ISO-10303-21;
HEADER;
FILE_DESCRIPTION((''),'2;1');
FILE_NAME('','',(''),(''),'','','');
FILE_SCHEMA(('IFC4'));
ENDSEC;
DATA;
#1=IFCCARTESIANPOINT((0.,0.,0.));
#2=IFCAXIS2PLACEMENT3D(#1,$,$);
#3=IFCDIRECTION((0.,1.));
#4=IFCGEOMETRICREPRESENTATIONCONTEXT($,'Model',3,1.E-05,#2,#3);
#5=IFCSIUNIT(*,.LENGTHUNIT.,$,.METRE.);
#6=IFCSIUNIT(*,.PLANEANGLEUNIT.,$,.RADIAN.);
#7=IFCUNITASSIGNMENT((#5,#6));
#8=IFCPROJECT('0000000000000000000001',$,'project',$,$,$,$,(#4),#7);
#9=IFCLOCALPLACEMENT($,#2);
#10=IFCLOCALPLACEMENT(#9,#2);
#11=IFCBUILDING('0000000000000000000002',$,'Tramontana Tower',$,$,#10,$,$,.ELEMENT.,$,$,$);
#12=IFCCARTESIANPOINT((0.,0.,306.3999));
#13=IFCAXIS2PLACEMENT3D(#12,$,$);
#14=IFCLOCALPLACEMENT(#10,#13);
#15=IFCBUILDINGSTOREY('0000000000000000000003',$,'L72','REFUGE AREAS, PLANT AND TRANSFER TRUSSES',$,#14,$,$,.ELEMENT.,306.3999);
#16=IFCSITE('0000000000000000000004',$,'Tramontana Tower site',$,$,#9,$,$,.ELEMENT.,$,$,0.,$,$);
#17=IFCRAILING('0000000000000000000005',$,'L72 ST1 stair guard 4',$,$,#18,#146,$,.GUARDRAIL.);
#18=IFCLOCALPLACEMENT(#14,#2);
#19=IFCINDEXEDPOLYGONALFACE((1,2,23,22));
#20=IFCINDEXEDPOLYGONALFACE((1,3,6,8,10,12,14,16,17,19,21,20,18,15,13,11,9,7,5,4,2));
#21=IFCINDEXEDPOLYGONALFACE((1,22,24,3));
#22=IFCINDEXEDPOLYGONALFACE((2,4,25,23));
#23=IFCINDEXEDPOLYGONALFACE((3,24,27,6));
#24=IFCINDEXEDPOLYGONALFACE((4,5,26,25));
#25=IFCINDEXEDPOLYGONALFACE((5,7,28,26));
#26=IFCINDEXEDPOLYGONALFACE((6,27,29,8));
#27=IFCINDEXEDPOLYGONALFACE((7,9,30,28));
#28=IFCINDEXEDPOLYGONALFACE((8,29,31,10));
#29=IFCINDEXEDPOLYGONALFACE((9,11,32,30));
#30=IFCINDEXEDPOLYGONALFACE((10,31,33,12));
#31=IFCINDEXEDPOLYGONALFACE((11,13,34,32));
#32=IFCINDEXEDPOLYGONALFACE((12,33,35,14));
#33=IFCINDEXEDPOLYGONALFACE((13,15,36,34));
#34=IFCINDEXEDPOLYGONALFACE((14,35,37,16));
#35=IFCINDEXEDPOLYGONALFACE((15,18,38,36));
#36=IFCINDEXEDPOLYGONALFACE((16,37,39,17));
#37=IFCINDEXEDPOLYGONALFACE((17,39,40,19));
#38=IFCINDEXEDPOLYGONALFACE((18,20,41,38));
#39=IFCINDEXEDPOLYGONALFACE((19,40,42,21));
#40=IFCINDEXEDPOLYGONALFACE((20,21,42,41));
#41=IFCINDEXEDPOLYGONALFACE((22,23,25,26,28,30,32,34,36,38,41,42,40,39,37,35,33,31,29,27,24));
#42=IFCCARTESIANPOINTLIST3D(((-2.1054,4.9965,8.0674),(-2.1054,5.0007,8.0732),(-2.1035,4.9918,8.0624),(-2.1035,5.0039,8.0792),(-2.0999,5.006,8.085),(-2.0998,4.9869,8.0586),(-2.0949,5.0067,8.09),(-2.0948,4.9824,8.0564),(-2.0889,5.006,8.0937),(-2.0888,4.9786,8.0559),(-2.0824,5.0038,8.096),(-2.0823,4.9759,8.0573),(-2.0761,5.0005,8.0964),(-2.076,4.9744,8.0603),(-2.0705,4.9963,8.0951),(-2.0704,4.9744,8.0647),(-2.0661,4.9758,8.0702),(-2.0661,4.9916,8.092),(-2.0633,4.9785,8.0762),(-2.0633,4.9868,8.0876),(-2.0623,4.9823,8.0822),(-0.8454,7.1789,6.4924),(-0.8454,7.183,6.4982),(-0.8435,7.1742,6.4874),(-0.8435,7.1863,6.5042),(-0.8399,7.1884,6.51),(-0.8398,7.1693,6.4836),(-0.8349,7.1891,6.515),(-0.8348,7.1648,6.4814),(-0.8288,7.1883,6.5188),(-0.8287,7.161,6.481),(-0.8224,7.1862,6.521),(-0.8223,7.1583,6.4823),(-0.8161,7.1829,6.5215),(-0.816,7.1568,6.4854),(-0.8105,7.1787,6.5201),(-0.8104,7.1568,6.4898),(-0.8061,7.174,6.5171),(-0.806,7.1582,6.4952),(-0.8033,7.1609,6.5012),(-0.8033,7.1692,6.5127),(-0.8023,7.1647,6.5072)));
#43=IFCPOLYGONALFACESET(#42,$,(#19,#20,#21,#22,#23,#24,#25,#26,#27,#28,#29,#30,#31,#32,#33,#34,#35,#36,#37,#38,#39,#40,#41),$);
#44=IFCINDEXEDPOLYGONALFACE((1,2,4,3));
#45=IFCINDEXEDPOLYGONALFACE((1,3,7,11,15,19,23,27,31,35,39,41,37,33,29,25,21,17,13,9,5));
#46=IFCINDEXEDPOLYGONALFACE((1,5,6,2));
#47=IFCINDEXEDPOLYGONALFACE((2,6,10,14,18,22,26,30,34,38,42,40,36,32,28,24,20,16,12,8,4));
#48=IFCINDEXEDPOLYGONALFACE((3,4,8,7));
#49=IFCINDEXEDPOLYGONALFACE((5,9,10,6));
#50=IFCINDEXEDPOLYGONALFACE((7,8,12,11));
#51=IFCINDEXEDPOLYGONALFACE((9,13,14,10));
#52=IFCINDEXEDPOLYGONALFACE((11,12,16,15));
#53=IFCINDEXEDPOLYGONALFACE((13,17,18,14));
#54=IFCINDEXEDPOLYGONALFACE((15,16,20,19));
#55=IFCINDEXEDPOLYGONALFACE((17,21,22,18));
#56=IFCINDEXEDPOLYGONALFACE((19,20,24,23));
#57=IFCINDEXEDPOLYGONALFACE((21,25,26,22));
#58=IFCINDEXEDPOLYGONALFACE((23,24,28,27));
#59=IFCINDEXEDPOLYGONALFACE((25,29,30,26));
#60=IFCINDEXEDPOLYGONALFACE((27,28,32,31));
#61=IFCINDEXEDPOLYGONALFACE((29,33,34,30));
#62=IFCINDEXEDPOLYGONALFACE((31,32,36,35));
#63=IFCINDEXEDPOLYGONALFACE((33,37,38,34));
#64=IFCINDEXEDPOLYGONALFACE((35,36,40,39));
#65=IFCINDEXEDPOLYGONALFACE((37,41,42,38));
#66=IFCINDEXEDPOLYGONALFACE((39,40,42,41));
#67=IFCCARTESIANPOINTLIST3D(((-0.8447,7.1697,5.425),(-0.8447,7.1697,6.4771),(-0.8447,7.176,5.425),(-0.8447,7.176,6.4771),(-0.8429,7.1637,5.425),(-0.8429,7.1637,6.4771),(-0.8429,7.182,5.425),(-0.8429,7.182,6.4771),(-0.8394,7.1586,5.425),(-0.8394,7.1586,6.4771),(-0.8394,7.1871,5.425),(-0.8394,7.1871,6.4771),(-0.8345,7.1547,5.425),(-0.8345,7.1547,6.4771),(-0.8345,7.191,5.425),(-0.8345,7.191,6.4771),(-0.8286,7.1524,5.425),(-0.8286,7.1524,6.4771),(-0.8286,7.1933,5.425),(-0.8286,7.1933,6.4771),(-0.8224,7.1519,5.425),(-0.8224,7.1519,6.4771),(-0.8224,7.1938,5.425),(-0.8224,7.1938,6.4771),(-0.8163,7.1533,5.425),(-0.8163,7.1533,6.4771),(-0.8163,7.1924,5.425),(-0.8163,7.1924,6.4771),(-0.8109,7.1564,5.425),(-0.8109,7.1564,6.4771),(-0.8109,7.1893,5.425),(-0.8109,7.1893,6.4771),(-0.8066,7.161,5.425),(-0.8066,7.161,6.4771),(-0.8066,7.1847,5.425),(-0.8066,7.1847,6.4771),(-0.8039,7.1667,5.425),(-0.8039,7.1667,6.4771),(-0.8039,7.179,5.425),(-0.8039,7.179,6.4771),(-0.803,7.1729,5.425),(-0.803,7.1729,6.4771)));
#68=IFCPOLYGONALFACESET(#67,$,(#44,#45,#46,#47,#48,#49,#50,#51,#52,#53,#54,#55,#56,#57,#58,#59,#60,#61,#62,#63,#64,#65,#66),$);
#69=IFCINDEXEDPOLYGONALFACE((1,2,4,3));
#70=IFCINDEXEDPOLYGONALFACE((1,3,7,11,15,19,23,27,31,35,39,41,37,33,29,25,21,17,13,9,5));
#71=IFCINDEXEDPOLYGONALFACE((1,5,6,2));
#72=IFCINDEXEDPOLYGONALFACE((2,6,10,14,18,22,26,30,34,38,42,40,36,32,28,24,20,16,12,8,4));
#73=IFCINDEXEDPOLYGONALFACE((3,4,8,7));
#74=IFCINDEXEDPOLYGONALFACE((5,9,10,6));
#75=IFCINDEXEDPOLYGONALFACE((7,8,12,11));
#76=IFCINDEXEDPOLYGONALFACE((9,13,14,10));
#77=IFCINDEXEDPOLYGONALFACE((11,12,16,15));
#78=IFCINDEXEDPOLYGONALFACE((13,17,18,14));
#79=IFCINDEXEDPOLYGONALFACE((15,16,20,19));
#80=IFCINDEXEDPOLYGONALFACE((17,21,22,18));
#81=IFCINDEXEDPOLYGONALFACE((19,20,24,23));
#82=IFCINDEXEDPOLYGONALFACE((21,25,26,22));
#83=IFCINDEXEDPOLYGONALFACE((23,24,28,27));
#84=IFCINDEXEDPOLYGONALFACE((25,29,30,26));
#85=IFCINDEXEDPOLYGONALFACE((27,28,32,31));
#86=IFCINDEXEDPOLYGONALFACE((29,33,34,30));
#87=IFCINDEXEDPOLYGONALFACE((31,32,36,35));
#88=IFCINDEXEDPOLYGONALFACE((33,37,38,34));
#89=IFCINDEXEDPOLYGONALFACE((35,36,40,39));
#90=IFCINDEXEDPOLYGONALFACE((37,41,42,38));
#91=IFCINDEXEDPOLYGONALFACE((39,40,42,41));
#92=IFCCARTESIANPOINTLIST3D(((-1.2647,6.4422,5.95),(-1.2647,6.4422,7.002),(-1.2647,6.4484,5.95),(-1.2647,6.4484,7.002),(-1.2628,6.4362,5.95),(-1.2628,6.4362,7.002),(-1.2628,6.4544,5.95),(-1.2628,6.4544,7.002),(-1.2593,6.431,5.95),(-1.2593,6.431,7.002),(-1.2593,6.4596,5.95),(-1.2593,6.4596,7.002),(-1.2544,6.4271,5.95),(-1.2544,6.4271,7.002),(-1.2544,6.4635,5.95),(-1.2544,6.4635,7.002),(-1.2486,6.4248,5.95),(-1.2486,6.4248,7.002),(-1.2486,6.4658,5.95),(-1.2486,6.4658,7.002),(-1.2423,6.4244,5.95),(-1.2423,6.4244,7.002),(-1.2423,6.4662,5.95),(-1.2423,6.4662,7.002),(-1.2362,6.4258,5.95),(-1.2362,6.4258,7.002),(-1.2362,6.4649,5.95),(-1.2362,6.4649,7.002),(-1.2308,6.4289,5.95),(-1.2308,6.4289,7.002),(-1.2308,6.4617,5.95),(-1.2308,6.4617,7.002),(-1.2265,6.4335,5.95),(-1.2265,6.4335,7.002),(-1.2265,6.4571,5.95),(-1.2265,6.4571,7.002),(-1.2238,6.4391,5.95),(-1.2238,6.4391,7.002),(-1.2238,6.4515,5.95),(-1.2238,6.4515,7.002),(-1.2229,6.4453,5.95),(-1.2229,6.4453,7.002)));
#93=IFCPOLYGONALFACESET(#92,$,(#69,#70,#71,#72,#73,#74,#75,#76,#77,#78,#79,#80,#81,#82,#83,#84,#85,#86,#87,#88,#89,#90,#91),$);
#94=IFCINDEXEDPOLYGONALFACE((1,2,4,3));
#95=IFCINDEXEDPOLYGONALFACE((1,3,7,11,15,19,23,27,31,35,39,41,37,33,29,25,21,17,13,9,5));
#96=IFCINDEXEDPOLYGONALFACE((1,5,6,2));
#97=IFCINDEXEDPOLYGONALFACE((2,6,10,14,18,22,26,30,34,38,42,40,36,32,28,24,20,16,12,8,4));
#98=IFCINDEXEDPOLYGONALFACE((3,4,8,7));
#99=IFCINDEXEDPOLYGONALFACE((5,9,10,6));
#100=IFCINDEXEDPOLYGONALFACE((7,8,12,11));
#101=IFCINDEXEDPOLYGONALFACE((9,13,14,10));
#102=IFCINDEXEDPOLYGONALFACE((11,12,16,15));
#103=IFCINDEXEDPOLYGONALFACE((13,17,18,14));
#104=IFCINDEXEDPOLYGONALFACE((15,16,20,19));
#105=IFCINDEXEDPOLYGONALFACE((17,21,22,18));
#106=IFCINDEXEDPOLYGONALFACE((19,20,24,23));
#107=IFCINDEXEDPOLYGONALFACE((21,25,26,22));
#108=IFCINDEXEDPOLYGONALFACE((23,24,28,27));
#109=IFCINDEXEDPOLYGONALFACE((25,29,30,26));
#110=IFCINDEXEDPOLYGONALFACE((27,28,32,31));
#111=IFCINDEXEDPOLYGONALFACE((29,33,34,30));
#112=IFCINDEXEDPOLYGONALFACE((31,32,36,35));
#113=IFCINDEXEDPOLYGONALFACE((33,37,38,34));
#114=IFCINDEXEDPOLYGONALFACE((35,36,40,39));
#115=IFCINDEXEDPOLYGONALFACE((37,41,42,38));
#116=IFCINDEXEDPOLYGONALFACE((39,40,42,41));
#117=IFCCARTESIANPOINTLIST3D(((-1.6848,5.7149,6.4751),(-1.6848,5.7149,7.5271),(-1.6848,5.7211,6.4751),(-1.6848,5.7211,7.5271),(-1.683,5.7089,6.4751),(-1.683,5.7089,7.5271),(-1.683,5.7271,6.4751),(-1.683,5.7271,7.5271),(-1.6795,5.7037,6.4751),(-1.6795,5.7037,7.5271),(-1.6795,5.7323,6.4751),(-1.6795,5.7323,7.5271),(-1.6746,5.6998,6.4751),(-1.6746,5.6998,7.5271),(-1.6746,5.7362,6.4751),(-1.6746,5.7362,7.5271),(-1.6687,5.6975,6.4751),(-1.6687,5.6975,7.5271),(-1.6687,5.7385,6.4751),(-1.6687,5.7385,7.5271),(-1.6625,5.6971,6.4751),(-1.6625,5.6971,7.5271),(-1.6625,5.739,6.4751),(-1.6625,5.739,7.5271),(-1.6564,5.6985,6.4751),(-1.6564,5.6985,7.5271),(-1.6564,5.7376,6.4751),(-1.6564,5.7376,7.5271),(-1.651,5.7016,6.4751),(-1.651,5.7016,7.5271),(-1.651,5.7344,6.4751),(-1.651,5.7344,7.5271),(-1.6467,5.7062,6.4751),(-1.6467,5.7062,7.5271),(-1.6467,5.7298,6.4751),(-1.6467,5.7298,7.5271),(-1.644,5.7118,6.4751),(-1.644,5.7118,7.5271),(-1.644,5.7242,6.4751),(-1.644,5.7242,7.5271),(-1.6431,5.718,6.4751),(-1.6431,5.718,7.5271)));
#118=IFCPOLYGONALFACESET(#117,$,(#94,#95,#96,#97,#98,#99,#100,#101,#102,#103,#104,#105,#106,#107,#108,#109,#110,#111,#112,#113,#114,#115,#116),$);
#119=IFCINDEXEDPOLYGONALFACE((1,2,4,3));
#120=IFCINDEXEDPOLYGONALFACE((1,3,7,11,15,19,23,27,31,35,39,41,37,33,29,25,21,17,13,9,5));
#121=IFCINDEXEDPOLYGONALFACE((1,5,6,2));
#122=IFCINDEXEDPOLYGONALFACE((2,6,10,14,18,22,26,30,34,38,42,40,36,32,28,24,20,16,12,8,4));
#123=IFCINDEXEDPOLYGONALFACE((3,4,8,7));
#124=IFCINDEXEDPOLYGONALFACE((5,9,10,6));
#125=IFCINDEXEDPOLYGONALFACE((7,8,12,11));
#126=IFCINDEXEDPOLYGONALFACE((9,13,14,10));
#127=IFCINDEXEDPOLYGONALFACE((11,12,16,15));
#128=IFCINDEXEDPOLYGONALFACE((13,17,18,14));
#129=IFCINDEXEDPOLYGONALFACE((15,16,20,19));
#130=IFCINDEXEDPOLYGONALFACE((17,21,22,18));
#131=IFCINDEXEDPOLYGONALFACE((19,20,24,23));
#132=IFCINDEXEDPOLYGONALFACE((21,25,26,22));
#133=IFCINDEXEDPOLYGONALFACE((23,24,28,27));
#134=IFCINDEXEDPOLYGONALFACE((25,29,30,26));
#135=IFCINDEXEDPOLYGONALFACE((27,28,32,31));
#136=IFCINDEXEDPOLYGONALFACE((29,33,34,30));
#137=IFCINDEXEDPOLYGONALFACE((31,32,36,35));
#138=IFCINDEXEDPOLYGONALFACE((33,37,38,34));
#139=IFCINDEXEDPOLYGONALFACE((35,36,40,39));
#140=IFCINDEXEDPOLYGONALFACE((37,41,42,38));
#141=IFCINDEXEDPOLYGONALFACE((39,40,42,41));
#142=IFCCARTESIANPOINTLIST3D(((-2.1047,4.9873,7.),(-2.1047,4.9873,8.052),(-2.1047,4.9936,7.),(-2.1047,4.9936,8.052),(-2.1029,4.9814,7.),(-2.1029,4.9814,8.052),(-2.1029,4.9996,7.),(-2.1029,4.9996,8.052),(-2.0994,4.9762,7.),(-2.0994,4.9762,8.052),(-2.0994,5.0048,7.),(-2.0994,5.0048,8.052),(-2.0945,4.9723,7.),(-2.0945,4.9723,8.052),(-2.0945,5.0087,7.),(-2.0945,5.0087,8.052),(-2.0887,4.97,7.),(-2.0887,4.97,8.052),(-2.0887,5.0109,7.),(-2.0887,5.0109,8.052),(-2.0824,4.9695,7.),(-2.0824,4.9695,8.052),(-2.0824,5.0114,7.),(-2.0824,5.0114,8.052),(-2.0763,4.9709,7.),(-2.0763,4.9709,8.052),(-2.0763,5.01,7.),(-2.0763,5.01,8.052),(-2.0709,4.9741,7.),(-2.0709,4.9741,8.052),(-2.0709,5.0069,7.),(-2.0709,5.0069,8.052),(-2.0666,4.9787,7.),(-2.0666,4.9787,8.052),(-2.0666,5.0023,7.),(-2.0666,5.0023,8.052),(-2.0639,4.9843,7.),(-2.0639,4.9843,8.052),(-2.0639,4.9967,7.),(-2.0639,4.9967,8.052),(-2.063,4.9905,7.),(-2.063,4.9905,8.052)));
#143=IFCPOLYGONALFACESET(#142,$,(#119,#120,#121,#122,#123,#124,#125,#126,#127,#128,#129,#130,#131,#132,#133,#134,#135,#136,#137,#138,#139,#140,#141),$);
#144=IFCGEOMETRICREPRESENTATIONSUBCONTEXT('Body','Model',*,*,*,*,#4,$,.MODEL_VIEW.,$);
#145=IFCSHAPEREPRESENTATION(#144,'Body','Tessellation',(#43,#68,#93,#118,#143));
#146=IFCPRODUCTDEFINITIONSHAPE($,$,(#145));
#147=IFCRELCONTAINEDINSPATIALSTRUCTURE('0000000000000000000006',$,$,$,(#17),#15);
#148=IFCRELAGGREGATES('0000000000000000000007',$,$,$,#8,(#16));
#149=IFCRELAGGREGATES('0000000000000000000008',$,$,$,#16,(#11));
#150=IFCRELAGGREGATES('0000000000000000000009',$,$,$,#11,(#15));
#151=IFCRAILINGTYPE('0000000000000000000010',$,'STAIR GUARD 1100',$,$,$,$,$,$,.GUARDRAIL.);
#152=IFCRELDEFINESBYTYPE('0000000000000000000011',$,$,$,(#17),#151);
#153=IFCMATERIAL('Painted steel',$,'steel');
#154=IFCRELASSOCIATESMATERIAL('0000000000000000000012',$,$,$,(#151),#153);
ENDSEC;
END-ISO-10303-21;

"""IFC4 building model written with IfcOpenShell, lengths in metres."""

from ifc_helpers import new_model, si_unit, direction, frame, origin, origin_2d, place, context, subcontext, project, spatial, circle, extrude, material, type_object, element, save


model = new_model("IFC4")

# Units and contexts
model_context = context("Model", 3, precision=1e-05, world=origin(), true_north=direction((0.0, 1.0)))
body_context = subcontext(model_context, "Body", "Model", "MODEL_VIEW")
ifc_project = project(units=[si_unit("LENGTHUNIT", "METRE"), si_unit("PLANEANGLEUNIT", "RADIAN")], contexts=[model_context])

# Site, building, storey
site_placement = place(None, origin())
site = spatial("IfcSite", under=ifc_project, at=site_placement, Name="Tramontana Tower site", CompositionType="ELEMENT", RefElevation=0.0)
building_placement = place(site_placement, origin())
building = spatial("IfcBuilding", under=site, at=building_placement, Name="Tramontana Tower", CompositionType="ELEMENT")
storey_placement = place(building_placement, frame((0.0, 0.0, 306.3999)))
storey = spatial("IfcBuildingStorey", under=building, at=storey_placement, Name="L72", Description="REFUGE AREAS, PLANT AND TRANSFER TRUSSES", CompositionType="ELEMENT", Elevation=306.3999)

# Railing
ifc_material_1 = material(Name="Painted steel", Category="steel")
railing_type_1 = type_object("IfcRailingType", Name="STAIR GUARD 1100", PredefinedType="GUARDRAIL", material=ifc_material_1)
railing_1_placement = place(storey_placement, frame((-0.824, 7.1729, 5.425)))
element("IfcRailing", 1, at=railing_1_placement, inside=storey, type_object=railing_type_1, Name="L72 ST1 stair guard 4", PredefinedType="GUARDRAIL", context=body_context, shape_type="SweptSolid", body=[
    extrude(circle(Radius=0.0239, at=origin_2d()), frame((0.0, 0.0, 1.0762), z_axis=(-0.424007, -0.734392, 0.529988), x_axis=(0.866023, -0.500005, 0.0)), (0.0, 0.0, 1.0), 2.9717),
    extrude(circle(Radius=0.021, at=origin_2d()), origin(), (0.0, 0.0, 1.0), 1.052),
    extrude(circle(Radius=0.021, at=origin_2d()), frame((-0.4199, -0.7275, 0.5249)), (0.0, 0.0, 1.0), 1.052),
    extrude(circle(Radius=0.021, at=origin_2d()), frame((-0.8401, -1.4548, 1.05)), (0.0, 0.0, 1.0), 1.052),
    extrude(circle(Radius=0.021, at=origin_2d()), frame((-1.26, -2.1824, 1.575)), (0.0, 0.0, 1.0), 1.052),
])

save(model, "model.ifc")
